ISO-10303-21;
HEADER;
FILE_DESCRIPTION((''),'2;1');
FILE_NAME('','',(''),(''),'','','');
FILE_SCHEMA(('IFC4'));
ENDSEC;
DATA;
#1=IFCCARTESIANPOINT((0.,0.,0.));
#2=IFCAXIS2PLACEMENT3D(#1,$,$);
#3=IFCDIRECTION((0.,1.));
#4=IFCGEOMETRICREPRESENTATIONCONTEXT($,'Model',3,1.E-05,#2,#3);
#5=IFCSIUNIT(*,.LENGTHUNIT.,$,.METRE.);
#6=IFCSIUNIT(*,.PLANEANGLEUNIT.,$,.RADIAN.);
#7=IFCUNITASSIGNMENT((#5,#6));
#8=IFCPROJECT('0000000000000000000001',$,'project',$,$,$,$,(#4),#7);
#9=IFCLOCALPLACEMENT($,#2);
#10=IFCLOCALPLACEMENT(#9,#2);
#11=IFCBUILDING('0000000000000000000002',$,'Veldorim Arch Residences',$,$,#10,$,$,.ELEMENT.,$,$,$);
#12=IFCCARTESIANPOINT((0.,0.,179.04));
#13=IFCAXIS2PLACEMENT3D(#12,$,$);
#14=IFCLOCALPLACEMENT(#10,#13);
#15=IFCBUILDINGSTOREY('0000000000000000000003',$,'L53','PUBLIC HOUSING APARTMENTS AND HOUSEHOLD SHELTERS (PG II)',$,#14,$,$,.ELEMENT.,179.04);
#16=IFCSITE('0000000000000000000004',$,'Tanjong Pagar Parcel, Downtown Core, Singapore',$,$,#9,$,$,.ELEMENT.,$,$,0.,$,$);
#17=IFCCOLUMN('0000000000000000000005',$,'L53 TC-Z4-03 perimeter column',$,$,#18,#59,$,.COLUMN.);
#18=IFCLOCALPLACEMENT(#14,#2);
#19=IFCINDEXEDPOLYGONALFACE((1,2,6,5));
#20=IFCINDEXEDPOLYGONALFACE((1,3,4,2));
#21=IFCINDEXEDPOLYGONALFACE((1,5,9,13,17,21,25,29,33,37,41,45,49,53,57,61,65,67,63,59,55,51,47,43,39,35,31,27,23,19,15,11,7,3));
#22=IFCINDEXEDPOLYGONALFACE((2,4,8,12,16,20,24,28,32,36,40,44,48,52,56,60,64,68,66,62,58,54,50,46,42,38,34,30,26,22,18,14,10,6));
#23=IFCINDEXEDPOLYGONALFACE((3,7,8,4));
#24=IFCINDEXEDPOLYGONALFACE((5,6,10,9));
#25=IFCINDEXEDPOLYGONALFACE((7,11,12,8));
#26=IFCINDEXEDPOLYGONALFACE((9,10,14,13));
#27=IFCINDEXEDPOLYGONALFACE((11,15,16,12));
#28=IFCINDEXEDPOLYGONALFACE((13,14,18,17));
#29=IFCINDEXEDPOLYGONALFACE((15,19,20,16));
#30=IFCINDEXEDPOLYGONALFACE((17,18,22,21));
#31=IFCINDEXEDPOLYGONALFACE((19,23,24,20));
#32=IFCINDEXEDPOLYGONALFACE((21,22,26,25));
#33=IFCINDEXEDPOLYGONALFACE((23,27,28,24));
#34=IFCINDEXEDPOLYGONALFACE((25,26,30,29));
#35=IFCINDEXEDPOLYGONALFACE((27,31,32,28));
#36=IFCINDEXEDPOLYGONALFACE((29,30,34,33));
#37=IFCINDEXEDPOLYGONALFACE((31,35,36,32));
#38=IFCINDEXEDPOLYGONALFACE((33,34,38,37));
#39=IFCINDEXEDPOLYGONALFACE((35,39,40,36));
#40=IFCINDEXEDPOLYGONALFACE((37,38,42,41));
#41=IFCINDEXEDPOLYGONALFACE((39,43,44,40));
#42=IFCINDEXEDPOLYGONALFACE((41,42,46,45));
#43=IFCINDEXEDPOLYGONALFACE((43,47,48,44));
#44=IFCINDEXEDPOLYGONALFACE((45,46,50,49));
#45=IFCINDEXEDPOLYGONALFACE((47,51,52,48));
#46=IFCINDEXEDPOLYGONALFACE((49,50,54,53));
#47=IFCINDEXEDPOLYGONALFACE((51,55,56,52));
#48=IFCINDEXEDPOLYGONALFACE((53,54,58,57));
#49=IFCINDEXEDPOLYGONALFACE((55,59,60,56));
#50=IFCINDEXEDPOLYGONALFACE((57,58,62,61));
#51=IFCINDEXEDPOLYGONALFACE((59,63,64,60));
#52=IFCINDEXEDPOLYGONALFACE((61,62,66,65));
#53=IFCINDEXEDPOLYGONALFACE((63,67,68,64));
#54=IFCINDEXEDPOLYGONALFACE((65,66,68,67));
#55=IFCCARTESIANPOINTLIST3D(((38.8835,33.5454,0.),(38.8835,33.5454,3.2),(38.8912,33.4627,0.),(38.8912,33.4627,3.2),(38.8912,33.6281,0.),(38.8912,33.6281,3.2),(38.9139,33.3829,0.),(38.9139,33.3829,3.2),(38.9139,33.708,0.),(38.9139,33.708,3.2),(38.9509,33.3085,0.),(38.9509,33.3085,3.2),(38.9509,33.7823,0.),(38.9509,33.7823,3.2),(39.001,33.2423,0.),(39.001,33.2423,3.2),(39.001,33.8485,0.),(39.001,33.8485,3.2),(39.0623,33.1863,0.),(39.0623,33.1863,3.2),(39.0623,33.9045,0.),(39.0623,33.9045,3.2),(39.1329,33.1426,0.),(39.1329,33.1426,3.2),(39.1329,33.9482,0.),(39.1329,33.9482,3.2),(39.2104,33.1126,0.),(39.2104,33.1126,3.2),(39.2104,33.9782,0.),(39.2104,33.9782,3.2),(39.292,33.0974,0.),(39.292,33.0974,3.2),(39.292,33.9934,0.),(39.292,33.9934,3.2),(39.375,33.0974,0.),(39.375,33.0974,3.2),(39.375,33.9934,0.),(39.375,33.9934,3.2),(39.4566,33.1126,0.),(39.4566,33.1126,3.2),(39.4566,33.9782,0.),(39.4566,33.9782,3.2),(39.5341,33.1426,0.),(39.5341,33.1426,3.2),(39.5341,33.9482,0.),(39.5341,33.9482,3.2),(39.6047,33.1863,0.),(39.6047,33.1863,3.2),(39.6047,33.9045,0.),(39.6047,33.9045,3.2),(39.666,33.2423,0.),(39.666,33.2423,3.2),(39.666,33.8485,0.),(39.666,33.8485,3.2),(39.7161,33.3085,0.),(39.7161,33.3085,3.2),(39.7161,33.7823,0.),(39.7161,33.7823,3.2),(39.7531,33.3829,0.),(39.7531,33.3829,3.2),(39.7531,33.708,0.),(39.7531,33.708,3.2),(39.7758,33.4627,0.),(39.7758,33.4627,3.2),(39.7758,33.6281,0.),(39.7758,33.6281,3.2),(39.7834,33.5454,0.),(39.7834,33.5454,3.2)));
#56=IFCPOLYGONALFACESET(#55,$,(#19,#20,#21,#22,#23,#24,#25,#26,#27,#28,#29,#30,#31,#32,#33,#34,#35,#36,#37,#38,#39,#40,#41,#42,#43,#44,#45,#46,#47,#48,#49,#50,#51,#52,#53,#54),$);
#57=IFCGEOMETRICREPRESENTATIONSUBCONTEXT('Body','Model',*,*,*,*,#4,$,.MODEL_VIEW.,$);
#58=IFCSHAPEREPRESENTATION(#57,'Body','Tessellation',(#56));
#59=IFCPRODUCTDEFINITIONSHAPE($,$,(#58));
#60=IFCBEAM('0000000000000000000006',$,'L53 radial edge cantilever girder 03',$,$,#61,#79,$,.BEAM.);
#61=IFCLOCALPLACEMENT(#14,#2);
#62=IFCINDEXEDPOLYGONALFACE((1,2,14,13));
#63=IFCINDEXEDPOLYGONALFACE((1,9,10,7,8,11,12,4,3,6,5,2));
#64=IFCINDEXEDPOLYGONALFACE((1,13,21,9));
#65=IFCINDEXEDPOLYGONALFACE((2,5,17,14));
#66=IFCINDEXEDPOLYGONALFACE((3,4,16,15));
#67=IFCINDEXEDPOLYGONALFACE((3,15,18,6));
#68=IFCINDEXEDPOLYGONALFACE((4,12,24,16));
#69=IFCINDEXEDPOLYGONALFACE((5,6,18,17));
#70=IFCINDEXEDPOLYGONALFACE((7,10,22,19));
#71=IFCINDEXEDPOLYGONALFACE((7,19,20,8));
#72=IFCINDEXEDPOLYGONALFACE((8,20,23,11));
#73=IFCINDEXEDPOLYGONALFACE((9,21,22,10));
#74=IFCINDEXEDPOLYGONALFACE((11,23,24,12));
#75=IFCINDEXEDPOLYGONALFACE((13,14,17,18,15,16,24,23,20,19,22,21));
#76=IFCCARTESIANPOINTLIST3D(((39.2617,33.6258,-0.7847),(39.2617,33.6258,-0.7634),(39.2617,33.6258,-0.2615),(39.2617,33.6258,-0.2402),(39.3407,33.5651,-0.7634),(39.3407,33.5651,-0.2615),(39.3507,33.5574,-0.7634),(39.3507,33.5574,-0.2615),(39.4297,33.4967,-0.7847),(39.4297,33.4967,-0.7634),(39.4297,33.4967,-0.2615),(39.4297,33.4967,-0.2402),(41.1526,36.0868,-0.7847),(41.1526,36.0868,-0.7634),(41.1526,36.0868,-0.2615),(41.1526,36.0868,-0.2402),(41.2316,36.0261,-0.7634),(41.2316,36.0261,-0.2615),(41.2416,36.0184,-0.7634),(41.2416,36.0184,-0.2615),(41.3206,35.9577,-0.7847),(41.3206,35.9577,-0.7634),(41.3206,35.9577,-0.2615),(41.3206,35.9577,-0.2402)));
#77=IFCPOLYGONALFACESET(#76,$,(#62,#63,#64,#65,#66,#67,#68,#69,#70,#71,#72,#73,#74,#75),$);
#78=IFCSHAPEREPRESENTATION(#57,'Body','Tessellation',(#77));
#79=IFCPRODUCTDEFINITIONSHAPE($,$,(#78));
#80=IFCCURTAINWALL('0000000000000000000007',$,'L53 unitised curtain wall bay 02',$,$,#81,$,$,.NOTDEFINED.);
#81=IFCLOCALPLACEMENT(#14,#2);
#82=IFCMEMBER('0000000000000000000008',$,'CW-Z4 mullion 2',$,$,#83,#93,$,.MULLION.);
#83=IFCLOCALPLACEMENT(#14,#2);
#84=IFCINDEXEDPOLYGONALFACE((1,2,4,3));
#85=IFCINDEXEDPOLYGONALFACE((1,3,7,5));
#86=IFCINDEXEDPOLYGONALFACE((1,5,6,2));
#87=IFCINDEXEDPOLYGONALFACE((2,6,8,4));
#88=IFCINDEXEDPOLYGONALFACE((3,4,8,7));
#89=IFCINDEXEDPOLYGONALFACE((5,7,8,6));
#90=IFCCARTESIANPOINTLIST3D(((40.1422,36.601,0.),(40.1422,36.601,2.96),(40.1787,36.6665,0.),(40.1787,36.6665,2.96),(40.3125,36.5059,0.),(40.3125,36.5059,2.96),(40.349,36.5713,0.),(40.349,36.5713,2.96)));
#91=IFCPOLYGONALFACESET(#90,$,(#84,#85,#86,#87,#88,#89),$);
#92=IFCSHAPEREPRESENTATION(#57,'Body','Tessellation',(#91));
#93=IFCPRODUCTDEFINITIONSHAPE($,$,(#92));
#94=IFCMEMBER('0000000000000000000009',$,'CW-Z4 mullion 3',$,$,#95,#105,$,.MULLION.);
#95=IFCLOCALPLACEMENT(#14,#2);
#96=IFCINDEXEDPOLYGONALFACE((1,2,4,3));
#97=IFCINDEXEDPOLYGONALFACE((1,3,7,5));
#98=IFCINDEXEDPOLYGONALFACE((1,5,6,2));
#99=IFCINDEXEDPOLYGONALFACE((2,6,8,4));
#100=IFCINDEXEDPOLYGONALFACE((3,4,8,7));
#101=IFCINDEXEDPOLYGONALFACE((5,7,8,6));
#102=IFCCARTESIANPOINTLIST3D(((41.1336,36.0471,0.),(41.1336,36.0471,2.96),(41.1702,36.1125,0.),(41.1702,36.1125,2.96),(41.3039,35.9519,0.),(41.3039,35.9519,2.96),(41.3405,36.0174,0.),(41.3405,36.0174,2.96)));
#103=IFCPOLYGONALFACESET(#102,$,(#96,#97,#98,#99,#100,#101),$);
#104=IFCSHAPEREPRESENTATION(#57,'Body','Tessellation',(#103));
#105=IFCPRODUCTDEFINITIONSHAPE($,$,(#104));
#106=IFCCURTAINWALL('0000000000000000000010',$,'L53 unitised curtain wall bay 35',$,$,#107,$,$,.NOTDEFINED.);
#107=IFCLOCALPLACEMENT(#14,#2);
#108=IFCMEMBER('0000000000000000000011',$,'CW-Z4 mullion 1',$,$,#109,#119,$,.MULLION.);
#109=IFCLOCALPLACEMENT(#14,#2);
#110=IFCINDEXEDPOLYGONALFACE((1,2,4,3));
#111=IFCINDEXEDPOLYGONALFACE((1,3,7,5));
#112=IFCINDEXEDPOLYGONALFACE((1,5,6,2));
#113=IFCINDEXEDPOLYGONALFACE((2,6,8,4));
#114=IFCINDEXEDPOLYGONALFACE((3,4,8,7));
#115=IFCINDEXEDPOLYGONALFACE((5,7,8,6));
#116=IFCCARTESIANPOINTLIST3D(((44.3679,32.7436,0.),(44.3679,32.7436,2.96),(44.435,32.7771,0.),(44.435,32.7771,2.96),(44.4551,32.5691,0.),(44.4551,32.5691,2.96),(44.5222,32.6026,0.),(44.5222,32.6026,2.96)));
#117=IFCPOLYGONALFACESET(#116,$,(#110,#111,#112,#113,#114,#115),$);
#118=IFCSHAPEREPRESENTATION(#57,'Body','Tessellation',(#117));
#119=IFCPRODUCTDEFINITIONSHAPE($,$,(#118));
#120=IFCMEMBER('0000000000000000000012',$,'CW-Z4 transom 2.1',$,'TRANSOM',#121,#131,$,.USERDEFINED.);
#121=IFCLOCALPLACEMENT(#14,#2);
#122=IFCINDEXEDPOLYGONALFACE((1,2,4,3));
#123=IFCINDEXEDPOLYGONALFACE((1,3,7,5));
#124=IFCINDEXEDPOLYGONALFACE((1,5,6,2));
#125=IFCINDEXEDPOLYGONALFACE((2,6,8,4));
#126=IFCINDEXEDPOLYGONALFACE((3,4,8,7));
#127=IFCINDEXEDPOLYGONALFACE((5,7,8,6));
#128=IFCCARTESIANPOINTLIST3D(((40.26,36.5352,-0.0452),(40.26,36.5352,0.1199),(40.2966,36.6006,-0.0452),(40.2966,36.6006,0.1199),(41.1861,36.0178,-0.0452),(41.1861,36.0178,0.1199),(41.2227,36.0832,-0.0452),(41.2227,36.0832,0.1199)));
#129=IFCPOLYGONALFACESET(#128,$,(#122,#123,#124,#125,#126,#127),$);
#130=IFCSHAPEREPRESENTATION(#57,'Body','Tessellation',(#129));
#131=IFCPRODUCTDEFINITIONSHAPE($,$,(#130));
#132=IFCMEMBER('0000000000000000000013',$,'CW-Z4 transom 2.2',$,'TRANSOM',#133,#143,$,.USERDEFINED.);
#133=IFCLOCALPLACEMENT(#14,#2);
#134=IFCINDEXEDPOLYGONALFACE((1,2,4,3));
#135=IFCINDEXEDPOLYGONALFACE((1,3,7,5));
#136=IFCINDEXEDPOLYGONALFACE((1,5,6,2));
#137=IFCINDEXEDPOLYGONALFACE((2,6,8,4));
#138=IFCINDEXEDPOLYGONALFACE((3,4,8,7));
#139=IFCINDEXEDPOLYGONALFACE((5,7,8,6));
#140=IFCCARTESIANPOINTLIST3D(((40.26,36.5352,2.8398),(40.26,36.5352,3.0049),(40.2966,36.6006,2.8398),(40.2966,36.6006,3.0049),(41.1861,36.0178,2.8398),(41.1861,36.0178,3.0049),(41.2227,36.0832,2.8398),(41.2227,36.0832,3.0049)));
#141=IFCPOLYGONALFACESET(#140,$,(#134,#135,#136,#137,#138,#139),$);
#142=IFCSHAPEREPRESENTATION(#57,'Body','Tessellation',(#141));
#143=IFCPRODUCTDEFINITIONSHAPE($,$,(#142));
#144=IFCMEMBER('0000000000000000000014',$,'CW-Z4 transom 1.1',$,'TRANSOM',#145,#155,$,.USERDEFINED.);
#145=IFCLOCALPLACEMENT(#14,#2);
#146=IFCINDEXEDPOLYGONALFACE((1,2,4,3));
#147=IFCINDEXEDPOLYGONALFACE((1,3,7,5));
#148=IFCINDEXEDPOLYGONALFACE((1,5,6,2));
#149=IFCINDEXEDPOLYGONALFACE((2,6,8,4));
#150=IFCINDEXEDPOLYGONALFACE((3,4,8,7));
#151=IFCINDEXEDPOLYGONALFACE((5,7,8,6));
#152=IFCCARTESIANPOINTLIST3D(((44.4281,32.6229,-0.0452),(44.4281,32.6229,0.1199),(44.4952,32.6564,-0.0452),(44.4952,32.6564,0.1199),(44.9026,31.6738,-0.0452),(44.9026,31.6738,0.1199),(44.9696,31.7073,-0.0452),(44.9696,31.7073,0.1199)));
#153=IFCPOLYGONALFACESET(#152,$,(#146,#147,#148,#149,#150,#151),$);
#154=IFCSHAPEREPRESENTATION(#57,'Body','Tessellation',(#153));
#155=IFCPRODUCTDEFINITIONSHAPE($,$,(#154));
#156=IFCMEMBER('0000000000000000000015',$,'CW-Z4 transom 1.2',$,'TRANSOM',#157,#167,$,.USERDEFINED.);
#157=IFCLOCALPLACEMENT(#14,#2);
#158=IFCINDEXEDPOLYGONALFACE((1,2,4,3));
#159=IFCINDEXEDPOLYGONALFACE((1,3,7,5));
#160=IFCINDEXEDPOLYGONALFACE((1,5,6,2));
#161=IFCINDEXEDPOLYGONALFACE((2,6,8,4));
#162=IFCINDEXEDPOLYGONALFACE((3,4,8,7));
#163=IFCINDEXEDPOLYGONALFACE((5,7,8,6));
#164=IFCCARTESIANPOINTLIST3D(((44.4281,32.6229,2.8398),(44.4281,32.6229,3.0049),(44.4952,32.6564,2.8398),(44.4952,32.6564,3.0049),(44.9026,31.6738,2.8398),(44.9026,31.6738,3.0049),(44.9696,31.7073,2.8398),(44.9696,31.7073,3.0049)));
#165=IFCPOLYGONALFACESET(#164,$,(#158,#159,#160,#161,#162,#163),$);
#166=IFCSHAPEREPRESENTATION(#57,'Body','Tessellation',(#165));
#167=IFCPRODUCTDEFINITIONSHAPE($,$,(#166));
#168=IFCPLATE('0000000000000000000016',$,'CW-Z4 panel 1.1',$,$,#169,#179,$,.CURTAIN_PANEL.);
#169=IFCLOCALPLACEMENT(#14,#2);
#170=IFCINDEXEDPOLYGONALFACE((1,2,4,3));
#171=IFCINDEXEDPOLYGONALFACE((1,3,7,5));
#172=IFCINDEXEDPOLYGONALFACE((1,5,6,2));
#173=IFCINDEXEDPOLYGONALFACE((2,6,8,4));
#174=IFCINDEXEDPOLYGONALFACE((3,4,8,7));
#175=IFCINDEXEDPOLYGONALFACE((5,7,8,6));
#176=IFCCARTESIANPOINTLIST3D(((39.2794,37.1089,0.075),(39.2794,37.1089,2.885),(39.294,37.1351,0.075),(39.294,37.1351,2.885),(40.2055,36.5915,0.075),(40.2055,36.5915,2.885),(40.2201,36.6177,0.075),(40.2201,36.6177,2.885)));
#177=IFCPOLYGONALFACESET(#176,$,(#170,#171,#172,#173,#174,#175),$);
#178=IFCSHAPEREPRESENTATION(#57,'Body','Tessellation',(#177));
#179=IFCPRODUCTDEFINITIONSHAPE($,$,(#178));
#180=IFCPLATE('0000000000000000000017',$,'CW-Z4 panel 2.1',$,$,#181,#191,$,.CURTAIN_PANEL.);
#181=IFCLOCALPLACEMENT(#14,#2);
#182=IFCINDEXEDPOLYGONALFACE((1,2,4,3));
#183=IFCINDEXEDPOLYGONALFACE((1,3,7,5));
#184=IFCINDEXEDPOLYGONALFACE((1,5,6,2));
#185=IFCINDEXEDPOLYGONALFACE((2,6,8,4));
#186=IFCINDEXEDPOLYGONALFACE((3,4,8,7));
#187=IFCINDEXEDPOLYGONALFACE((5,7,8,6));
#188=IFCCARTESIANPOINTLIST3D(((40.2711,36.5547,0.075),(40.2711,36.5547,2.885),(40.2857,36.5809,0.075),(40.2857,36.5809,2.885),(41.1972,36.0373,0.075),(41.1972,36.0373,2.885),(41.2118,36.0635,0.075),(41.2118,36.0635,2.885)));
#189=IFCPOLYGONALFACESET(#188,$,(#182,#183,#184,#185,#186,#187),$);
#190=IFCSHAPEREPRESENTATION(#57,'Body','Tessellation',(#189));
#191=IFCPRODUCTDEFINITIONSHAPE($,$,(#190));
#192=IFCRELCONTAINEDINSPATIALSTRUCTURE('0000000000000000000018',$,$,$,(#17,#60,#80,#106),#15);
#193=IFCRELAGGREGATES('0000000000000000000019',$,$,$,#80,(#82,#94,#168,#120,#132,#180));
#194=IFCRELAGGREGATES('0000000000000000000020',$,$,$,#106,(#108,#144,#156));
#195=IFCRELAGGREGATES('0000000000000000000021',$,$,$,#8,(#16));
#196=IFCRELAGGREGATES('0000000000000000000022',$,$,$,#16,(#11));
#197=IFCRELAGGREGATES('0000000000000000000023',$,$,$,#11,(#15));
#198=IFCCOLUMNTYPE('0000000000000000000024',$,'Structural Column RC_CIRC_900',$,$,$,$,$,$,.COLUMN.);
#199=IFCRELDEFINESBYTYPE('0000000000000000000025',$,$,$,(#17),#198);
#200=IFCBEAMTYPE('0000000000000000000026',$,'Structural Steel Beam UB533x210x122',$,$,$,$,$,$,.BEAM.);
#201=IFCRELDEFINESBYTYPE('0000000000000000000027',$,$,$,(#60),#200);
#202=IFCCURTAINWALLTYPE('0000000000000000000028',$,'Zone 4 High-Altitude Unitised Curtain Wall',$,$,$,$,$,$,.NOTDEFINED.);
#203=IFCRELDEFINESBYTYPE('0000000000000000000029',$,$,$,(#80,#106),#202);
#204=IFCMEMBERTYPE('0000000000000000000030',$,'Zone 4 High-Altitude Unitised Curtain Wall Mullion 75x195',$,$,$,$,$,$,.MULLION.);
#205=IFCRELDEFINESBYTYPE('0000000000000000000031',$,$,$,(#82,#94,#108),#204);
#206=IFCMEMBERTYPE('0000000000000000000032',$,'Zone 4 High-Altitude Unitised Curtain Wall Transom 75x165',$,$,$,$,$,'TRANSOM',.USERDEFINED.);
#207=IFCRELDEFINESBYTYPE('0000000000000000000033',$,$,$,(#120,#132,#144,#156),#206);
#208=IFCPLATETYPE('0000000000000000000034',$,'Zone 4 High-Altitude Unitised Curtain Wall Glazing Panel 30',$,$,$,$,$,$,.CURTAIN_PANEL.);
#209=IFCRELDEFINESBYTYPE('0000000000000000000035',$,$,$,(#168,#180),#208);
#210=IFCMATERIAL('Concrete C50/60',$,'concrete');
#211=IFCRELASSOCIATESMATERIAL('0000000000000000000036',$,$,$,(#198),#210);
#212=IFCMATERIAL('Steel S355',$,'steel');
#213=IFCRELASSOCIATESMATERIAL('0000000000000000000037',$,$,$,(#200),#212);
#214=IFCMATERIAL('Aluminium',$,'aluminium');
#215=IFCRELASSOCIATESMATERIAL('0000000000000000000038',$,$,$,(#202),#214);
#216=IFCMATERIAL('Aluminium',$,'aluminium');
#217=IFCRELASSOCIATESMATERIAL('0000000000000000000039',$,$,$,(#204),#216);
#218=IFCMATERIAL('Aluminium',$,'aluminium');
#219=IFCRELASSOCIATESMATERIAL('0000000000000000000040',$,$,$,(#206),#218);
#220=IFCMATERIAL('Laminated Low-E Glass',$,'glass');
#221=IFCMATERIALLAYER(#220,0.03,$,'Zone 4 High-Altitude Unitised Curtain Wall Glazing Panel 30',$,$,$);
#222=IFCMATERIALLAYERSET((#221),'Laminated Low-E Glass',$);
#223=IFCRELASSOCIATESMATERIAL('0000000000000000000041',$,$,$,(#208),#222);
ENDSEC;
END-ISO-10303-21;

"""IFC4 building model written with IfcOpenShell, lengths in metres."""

from ifc_helpers import new_model, si_unit, direction, frame, origin, origin_2d, place, context, subcontext, project, spatial, rectangle, circle, i_section, extrude, material, layer, layer_set, material_profile, profile_set, type_object, element, aggregate, save


model = new_model("IFC4")

# Units and contexts
model_context = context("Model", 3, precision=1e-05, world=origin(), true_north=direction((0.0, 1.0)))
body_context = subcontext(model_context, "Body", "Model", "MODEL_VIEW")
ifc_project = project(units=[si_unit("LENGTHUNIT", "METRE"), si_unit("PLANEANGLEUNIT", "RADIAN")], contexts=[model_context])

# Site, building, storey
site_placement = place(None, origin())
site = spatial("IfcSite", under=ifc_project, at=site_placement, Name="Tanjong Pagar Parcel, Downtown Core, Singapore", CompositionType="ELEMENT", RefElevation=0.0)
building_placement = place(site_placement, origin())
building = spatial("IfcBuilding", under=site, at=building_placement, Name="Veldorim Arch Residences", CompositionType="ELEMENT")
storey_placement = place(building_placement, frame((0.0, 0.0, 179.04)))
storey = spatial("IfcBuildingStorey", under=building, at=storey_placement, Name="L53", Description="PUBLIC HOUSING APARTMENTS AND HOUSEHOLD SHELTERS (PG II)", CompositionType="ELEMENT", Elevation=179.04)

# Column
ifc_material_1 = material(Name="Concrete C50/60", Category="concrete")
ifc_material_profile_1 = material_profile(ifc_material_1, circle(Radius=0.45, at=origin_2d()), Name="RC_CIRC_900")
ifc_profile_set_1 = profile_set([ifc_material_profile_1], Name="Concrete C50/60")
column_type = type_object("IfcColumnType", Name="Structural Column RC_CIRC_900", PredefinedType="COLUMN", material=ifc_profile_set_1)
column_placement = place(storey_placement, frame((39.3335, 33.5454, 0.0), z_axis=(0.0, 0.0, 1.0), x_axis=(1.0, 0.0, 0.0)))
element("IfcColumn", 1, at=column_placement, inside=storey, type_object=column_type, Name="L53 TC-Z4-03 perimeter column", PredefinedType="COLUMN", context=body_context, shape_type="SweptSolid", body=[
    extrude(circle(Radius=0.45, at=origin_2d()), origin(), (0.0, 0.0, 1.0), 3.2),
])

# Beam
ifc_material_2 = material(Name="Steel S355", Category="steel")
ifc_material_profile_2 = material_profile(ifc_material_2, i_section(OverallWidth=0.2119, OverallDepth=0.5444, WebThickness=0.0127, FlangeThickness=0.0212, at=origin_2d()), Name="UB533x210x122")
ifc_profile_set_2 = profile_set([ifc_material_profile_2], Name="Steel S355")
beam_type = type_object("IfcBeamType", Name="Structural Steel Beam UB533x210x122", PredefinedType="BEAM", material=ifc_profile_set_2)
beam_placement = place(storey_placement, frame((39.3457, 33.5613, -0.5125), z_axis=(0.609273, 0.79296, 0.0), x_axis=(-0.79296, 0.609273, 0.0)))
element("IfcBeam", 2, at=beam_placement, inside=storey, type_object=beam_type, Name="L53 radial edge cantilever girder 03", PredefinedType="BEAM", context=body_context, shape_type="SweptSolid", body=[
    extrude(i_section(OverallWidth=0.2119, OverallDepth=0.5444, WebThickness=0.0127, FlangeThickness=0.0212, at=origin_2d()), origin(), (0.0, 0.0, 1.0), 3.1035),
])

# Curtain wall, members
ifc_material_3 = material(Name="Aluminium", Category="aluminium")
curtain_wall_type = type_object("IfcCurtainWallType", Name="Zone 4 High-Altitude Unitised Curtain Wall", PredefinedType="NOTDEFINED", material=ifc_material_3)
curtain_wall_1_placement = place(storey_placement, origin())
curtain_wall_1 = element("IfcCurtainWall", 3, at=curtain_wall_1_placement, inside=storey, type_object=curtain_wall_type, Name="L53 unitised curtain wall bay 02", PredefinedType="NOTDEFINED")
ifc_material_4 = material(Name="Aluminium", Category="aluminium")
ifc_material_profile_3 = material_profile(ifc_material_4, rectangle(XDim=0.075, YDim=0.1951, at=origin_2d()), Name="ALU_MUL_75x195")
ifc_profile_set_3 = profile_set([ifc_material_profile_3], Name="Aluminium")
member_type_1 = type_object("IfcMemberType", Name="Zone 4 High-Altitude Unitised Curtain Wall Mullion 75x195", PredefinedType="MULLION", material=ifc_profile_set_3)
member_1_placement = place(storey_placement, frame((40.2456, 36.5862, 0.0), z_axis=(0.0, 0.0, 1.0), x_axis=(0.487736, 0.872991, 0.0)))
member_1 = element("IfcMember", 4, at=member_1_placement, type_object=member_type_1, Name="CW-Z4 mullion 2", PredefinedType="MULLION", context=body_context, shape_type="SweptSolid", body=[
    extrude(rectangle(XDim=0.075, YDim=0.1951, at=origin_2d()), origin(), (0.0, 0.0, 1.0), 2.96),
])
member_2_placement = place(storey_placement, frame((41.2371, 36.0322, 0.0), z_axis=(0.0, 0.0, 1.0), x_axis=(0.487736, 0.872991, 0.0)))
member_2 = element("IfcMember", 5, at=member_2_placement, type_object=member_type_1, Name="CW-Z4 mullion 3", PredefinedType="MULLION", context=body_context, shape_type="SweptSolid", body=[
    extrude(rectangle(XDim=0.075, YDim=0.1951, at=origin_2d()), origin(), (0.0, 0.0, 1.0), 2.96),
])

# Curtain wall, member
curtain_wall_2_placement = place(storey_placement, origin())
curtain_wall_2 = element("IfcCurtainWall", 6, at=curtain_wall_2_placement, inside=storey, type_object=curtain_wall_type, Name="L53 unitised curtain wall bay 35", PredefinedType="NOTDEFINED")
member_3_placement = place(storey_placement, frame((44.4451, 32.6731, 0.0), z_axis=(0.0, 0.0, 1.0), x_axis=(0.894538, 0.446992, 0.0)))
member_3 = element("IfcMember", 7, at=member_3_placement, type_object=member_type_1, Name="CW-Z4 mullion 1", PredefinedType="MULLION", context=body_context, shape_type="SweptSolid", body=[
    extrude(rectangle(XDim=0.075, YDim=0.1951, at=origin_2d()), origin(), (0.0, 0.0, 1.0), 2.96),
])

# Members
ifc_material_5 = material(Name="Aluminium", Category="aluminium")
ifc_material_profile_4 = material_profile(ifc_material_5, rectangle(XDim=0.075, YDim=0.165, at=origin_2d()), Name="ALU_TRN_75x165")
ifc_profile_set_4 = profile_set([ifc_material_profile_4], Name="Aluminium")
member_type_2 = type_object("IfcMemberType", Name="Zone 4 High-Altitude Unitised Curtain Wall Transom 75x165", ElementType="TRANSOM", PredefinedType="USERDEFINED", material=ifc_profile_set_4)
member_4_placement = place(storey_placement, frame((40.2783, 36.5679, 0.0374), z_axis=(0.873004, -0.487713, 0.0), x_axis=(0.487713, 0.873004, 0.0)))
member_4 = element("IfcMember", 8, at=member_4_placement, type_object=member_type_2, Name="CW-Z4 transom 2.1", ObjectType="TRANSOM", PredefinedType="USERDEFINED", context=body_context, shape_type="SweptSolid", body=[
    extrude(rectangle(XDim=0.075, YDim=0.165, at=origin_2d()), origin(), (0.0, 0.0, 1.0), 1.0608),
])
member_5_placement = place(storey_placement, frame((40.2783, 36.5679, 2.9224), z_axis=(0.873004, -0.487713, 0.0), x_axis=(0.487713, 0.873004, 0.0)))
member_5 = element("IfcMember", 9, at=member_5_placement, type_object=member_type_2, Name="CW-Z4 transom 2.2", ObjectType="TRANSOM", PredefinedType="USERDEFINED", context=body_context, shape_type="SweptSolid", body=[
    extrude(rectangle(XDim=0.075, YDim=0.165, at=origin_2d()), origin(), (0.0, 0.0, 1.0), 1.0608),
])
member_6_placement = place(storey_placement, frame((44.4617, 32.6396, 0.0374), z_axis=(0.447122, -0.894473, 0.0), x_axis=(0.894473, 0.447122, 0.0)))
member_6 = element("IfcMember", 10, at=member_6_placement, type_object=member_type_2, Name="CW-Z4 transom 1.1", ObjectType="TRANSOM", PredefinedType="USERDEFINED", context=body_context, shape_type="SweptSolid", body=[
    extrude(rectangle(XDim=0.075, YDim=0.165, at=origin_2d()), origin(), (0.0, 0.0, 1.0), 1.061),
])
member_7_placement = place(storey_placement, frame((44.4617, 32.6396, 2.9224), z_axis=(0.447122, -0.894473, 0.0), x_axis=(0.894473, 0.447122, 0.0)))
member_7 = element("IfcMember", 11, at=member_7_placement, type_object=member_type_2, Name="CW-Z4 transom 1.2", ObjectType="TRANSOM", PredefinedType="USERDEFINED", context=body_context, shape_type="SweptSolid", body=[
    extrude(rectangle(XDim=0.075, YDim=0.165, at=origin_2d()), origin(), (0.0, 0.0, 1.0), 1.061),
])

# Plates
ifc_material_6 = material(Name="Laminated Low-E Glass", Category="glass")
ifc_layer_1 = layer(ifc_material_6, 0.03, Name="Zone 4 High-Altitude Unitised Curtain Wall Glazing Panel 30")
ifc_layer_set_1 = layer_set([ifc_layer_1], Name="Laminated Low-E Glass")
plate_type = type_object("IfcPlateType", Name="Zone 4 High-Altitude Unitised Curtain Wall Glazing Panel 30", PredefinedType="CURTAIN_PANEL", material=ifc_layer_set_1)
plate_1_placement = place(storey_placement, frame((39.7498, 36.8633, 0.075), z_axis=(0.0, 0.0, 1.0), x_axis=(0.872991, -0.487736, 0.0)))
plate_1 = element("IfcPlate", 12, at=plate_1_placement, type_object=plate_type, Name="CW-Z4 panel 1.1", PredefinedType="CURTAIN_PANEL", context=body_context, shape_type="SweptSolid", body=[
    extrude(rectangle(XDim=1.0608, YDim=0.03, at=origin_2d()), origin(), (0.0, 0.0, 1.0), 2.8101),
])
plate_2_placement = place(storey_placement, frame((40.7415, 36.3091, 0.075), z_axis=(0.0, 0.0, 1.0), x_axis=(0.872991, -0.487736, 0.0)))
plate_2 = element("IfcPlate", 13, at=plate_2_placement, type_object=plate_type, Name="CW-Z4 panel 2.1", PredefinedType="CURTAIN_PANEL", context=body_context, shape_type="SweptSolid", body=[
    extrude(rectangle(XDim=1.0608, YDim=0.03, at=origin_2d()), origin(), (0.0, 0.0, 1.0), 2.8101),
])
aggregate(curtain_wall_1, [member_1, member_2, plate_1, member_4, member_5, plate_2])
aggregate(curtain_wall_2, [member_3, member_6, member_7])

save(model, "model.ifc")
